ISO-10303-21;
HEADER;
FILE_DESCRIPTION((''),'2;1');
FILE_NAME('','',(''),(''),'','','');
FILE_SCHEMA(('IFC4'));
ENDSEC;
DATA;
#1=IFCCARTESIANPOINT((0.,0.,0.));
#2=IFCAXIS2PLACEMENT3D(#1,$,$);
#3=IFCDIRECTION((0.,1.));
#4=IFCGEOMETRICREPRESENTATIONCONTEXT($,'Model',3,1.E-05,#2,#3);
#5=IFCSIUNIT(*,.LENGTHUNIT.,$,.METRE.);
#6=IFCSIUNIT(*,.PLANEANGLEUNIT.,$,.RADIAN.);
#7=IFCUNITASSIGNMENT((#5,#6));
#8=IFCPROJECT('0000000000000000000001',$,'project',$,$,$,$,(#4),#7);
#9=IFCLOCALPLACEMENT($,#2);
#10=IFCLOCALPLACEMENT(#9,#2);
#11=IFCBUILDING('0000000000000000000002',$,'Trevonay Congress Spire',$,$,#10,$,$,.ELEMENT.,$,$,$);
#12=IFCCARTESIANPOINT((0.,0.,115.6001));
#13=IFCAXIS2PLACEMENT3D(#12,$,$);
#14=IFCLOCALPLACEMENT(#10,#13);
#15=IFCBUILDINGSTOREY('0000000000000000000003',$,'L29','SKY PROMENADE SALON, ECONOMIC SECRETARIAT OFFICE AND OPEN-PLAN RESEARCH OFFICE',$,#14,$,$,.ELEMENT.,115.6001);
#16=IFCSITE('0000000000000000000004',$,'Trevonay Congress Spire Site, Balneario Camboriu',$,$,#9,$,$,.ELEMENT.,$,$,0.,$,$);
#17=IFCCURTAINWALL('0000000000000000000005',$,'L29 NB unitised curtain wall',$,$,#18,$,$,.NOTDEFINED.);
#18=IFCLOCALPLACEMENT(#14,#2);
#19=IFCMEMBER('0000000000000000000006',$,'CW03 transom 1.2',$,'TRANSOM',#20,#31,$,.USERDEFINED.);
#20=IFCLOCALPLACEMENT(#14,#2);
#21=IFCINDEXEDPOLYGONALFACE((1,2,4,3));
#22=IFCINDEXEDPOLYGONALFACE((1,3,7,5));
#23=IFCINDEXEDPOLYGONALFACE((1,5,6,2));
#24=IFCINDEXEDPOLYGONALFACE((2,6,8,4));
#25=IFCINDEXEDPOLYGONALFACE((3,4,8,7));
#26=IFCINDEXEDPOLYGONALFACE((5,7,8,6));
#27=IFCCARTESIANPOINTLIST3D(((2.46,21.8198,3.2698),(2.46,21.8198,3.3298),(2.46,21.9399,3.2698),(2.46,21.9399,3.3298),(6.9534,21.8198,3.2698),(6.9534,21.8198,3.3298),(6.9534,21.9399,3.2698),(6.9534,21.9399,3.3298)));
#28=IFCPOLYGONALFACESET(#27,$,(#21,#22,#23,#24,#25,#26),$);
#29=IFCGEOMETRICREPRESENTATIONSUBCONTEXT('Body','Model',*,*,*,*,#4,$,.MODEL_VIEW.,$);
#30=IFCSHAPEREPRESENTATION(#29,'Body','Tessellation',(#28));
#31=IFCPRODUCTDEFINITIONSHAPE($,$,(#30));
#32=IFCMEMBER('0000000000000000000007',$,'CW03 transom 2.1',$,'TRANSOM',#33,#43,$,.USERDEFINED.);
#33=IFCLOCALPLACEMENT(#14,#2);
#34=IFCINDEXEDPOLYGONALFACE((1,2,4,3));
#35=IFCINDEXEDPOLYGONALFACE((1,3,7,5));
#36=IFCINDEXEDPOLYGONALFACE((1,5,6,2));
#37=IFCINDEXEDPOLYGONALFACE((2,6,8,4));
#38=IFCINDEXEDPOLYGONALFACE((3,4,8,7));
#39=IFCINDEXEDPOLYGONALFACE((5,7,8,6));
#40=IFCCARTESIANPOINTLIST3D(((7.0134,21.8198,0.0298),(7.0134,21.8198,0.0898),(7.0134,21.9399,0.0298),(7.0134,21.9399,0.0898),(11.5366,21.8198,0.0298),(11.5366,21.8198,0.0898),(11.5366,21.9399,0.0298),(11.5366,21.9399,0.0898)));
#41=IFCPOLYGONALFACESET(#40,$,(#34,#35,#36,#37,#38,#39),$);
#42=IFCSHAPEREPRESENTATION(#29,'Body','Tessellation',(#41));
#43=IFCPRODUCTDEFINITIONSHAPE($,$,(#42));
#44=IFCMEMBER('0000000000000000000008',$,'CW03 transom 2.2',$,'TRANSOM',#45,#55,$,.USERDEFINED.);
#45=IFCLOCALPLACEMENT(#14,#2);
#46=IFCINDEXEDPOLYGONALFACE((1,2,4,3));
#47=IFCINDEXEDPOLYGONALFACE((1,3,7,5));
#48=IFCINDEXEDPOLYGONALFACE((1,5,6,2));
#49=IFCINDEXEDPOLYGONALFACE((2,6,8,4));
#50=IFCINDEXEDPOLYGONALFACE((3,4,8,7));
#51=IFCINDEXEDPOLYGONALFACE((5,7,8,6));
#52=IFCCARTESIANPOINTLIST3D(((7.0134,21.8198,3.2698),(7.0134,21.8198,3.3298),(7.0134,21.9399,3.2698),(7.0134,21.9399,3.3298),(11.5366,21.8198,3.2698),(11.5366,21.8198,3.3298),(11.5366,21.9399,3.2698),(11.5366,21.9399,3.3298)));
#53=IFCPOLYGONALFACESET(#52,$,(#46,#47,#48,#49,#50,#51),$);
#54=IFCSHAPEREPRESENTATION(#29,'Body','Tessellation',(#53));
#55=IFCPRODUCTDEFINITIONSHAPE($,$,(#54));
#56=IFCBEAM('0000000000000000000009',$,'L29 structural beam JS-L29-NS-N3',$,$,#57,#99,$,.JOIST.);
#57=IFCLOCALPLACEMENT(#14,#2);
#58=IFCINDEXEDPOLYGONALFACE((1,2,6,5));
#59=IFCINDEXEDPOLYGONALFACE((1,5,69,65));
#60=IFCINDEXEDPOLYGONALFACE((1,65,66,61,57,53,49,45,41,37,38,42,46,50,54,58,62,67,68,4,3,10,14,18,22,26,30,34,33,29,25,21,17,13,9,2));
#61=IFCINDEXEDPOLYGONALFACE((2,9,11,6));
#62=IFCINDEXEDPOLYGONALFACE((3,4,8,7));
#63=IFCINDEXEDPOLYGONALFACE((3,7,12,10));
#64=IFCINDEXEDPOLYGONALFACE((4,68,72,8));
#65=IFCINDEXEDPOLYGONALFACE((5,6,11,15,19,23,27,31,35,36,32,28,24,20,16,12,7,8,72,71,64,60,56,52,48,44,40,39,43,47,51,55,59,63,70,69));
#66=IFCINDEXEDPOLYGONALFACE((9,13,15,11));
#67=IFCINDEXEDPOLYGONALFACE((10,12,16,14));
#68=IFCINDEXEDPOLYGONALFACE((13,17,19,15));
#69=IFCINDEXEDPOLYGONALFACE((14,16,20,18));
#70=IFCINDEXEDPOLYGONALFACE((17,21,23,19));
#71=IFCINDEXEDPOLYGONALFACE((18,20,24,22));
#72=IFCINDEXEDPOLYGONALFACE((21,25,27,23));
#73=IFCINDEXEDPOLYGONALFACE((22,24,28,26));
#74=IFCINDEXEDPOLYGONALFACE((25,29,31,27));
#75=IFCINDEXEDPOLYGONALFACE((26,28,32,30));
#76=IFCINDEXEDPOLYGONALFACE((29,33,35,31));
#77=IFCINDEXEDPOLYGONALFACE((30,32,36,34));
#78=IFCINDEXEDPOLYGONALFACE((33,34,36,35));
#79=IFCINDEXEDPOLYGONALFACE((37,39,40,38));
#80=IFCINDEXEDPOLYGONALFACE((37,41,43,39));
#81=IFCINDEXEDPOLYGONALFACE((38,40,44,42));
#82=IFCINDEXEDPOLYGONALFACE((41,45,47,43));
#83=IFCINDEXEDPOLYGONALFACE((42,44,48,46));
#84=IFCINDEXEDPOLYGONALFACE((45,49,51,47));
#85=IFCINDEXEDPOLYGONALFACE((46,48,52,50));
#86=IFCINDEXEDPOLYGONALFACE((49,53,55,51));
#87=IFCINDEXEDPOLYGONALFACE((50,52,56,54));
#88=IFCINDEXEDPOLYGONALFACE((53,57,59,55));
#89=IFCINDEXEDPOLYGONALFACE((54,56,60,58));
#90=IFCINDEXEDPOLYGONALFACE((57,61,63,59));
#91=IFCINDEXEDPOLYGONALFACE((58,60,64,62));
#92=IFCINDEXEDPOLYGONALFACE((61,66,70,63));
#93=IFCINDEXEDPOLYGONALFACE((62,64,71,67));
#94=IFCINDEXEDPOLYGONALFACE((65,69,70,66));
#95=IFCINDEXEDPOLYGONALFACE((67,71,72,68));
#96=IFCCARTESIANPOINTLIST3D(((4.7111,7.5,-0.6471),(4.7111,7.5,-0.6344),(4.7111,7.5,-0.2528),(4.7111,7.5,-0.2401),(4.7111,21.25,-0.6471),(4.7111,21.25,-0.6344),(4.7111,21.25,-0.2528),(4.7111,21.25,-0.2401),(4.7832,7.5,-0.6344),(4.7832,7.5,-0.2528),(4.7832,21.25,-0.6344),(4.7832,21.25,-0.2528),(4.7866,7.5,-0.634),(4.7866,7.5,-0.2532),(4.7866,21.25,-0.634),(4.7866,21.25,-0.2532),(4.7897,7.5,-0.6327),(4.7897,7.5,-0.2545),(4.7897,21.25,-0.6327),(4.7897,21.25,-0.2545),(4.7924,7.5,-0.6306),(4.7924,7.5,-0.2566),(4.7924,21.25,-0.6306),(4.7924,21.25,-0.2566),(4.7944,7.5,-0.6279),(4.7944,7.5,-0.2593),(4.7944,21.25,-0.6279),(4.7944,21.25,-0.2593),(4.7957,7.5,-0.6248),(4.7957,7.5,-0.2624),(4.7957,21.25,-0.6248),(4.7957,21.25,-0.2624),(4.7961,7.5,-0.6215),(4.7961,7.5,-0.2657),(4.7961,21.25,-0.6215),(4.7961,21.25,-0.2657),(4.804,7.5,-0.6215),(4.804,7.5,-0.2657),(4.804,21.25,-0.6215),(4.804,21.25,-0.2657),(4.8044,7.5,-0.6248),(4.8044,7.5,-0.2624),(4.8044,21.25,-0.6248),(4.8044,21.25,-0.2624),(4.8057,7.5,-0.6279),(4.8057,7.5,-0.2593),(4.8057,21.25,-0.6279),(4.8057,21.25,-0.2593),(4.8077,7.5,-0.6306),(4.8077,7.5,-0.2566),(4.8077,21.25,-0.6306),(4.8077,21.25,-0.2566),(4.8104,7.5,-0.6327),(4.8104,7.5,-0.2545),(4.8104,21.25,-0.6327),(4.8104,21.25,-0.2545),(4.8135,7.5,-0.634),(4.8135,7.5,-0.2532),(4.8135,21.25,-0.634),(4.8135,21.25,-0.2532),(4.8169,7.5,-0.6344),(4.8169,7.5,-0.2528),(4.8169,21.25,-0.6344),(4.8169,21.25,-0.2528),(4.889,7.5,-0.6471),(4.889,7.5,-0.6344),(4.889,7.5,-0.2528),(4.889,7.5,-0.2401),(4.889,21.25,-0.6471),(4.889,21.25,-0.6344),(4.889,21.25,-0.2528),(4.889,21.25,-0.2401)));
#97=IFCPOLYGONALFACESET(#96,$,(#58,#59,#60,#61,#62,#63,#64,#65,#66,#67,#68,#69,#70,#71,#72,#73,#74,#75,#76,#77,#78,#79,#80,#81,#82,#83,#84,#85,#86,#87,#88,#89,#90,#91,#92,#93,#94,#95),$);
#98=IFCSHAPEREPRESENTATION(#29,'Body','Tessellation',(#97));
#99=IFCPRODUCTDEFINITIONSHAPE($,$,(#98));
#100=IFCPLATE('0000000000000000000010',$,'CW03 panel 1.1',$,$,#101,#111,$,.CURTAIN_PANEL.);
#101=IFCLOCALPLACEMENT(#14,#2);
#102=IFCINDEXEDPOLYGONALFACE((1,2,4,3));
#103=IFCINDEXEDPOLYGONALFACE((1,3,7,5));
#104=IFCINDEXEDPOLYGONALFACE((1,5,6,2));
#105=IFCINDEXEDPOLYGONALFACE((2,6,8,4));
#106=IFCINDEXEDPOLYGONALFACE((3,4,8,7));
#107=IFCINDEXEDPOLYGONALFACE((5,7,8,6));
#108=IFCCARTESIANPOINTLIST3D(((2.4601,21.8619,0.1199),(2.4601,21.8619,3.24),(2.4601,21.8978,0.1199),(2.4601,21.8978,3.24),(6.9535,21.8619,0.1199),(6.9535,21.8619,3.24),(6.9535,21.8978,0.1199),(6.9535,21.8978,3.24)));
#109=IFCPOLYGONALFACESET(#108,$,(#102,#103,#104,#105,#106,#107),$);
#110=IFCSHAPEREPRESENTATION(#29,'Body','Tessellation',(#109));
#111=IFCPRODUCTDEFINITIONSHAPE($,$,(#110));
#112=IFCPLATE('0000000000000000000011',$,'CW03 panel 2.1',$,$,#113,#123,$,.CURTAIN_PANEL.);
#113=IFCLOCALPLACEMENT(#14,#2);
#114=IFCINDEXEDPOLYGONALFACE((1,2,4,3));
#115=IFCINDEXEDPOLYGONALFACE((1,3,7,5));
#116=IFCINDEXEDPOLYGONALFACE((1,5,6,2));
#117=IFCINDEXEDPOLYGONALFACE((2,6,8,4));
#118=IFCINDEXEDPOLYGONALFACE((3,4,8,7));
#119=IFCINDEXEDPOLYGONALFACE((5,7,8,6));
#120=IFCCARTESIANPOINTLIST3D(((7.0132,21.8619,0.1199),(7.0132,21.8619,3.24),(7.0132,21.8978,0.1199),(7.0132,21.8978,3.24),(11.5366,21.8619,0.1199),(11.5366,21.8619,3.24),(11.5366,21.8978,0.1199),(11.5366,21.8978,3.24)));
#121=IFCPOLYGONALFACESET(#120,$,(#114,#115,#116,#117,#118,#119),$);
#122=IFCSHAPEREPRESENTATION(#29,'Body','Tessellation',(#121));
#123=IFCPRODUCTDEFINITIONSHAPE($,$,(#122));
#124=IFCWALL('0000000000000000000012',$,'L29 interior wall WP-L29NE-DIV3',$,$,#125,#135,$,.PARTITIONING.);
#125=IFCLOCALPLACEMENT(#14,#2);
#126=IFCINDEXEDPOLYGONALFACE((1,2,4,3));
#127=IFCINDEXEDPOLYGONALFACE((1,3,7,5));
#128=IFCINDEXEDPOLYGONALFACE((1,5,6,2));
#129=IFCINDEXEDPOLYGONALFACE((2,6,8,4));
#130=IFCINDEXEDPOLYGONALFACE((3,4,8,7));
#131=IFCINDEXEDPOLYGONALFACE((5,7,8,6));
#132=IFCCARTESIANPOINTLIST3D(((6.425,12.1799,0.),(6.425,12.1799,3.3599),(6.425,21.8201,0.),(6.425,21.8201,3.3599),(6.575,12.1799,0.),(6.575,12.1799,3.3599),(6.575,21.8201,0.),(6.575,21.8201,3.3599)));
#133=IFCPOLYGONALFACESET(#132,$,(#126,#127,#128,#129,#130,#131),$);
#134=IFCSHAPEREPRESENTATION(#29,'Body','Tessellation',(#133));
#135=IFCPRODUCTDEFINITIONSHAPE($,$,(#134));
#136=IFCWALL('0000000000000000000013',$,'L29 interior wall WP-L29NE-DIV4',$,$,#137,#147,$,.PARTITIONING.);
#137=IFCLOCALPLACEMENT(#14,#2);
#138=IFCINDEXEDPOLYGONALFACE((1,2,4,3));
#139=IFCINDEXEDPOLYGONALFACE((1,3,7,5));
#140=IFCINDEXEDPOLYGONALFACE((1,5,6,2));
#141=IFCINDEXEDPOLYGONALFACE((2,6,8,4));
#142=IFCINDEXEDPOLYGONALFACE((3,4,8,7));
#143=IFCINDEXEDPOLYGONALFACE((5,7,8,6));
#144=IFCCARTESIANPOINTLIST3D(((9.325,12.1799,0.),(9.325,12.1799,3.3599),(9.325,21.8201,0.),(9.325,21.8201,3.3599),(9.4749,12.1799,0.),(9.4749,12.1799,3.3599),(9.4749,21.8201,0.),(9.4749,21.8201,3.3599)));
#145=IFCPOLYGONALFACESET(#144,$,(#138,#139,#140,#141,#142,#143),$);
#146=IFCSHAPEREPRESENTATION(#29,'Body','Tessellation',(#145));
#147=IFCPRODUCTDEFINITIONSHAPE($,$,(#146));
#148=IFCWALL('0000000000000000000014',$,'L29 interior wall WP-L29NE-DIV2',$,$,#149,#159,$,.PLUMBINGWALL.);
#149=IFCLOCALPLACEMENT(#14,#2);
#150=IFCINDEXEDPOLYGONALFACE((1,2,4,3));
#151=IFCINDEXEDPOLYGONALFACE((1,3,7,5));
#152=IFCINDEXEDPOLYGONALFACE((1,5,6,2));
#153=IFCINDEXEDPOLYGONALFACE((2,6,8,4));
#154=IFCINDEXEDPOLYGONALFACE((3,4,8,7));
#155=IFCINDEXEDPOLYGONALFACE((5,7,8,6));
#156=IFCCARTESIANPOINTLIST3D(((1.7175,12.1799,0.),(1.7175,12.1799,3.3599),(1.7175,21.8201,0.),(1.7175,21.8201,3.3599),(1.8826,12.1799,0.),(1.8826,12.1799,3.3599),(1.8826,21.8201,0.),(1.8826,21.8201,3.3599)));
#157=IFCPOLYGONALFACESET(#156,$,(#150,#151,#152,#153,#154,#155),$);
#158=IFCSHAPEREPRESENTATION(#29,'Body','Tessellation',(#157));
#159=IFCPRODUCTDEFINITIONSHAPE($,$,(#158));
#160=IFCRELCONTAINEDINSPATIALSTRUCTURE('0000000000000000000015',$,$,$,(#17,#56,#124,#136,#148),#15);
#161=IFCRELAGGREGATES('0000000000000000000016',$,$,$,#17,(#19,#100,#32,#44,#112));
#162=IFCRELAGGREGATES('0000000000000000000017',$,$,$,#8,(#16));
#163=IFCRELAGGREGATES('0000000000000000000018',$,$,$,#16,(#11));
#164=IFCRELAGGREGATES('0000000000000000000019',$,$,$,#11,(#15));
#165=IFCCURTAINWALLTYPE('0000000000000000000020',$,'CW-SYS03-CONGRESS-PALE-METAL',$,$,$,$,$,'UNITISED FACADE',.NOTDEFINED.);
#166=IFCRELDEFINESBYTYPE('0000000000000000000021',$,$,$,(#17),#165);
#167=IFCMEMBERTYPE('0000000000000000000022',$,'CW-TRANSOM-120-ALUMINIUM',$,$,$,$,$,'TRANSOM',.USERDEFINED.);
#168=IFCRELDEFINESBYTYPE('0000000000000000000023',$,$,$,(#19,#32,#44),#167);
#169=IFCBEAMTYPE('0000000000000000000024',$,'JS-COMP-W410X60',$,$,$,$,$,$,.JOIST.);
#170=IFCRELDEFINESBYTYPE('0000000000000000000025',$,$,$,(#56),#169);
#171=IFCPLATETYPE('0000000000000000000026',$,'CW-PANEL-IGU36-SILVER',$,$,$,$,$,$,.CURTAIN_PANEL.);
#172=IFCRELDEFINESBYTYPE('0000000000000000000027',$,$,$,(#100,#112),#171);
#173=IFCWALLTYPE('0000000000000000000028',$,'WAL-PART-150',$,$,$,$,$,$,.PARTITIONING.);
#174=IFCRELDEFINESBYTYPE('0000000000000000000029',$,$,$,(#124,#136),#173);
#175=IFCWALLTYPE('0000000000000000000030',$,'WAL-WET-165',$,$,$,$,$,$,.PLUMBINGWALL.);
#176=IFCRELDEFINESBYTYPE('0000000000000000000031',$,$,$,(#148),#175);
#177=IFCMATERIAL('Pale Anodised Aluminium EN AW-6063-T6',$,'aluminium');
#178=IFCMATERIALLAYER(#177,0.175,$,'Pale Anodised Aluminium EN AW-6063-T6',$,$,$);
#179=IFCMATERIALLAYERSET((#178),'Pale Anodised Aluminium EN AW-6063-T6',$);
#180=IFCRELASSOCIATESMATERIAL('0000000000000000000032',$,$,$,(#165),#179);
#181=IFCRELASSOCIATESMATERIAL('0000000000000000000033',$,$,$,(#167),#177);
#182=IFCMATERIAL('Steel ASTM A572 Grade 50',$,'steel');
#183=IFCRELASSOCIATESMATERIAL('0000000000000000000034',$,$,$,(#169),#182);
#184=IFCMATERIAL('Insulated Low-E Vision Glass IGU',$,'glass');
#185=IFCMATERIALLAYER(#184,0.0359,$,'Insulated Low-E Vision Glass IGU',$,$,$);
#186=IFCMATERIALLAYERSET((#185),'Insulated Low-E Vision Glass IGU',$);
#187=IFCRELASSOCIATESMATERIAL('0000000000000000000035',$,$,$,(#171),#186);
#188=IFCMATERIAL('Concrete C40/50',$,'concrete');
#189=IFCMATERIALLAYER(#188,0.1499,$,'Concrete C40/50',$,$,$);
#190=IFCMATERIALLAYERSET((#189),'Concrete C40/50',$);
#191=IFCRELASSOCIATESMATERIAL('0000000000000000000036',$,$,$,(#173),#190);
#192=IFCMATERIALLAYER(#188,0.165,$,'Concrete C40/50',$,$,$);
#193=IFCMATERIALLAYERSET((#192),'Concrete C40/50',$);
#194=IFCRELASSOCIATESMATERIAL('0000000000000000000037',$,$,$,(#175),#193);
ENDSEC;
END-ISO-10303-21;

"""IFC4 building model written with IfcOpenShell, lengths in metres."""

from ifc_helpers import new_model, si_unit, direction, frame, frame_2d, origin, origin_2d, place, context, subcontext, project, spatial, rectangle, i_section, extrude, material, layer, layer_set, material_profile, profile_set, type_object, element, aggregate, save


model = new_model("IFC4")

# Units and contexts
model_context = context("Model", 3, precision=1e-05, world=origin(), true_north=direction((0.0, 1.0)))
body_context = subcontext(model_context, "Body", "Model", "MODEL_VIEW")
ifc_project = project(units=[si_unit("LENGTHUNIT", "METRE"), si_unit("PLANEANGLEUNIT", "RADIAN")], contexts=[model_context])

# Site, building, storey
site_placement = place(None, origin())
site = spatial("IfcSite", under=ifc_project, at=site_placement, Name="Trevonay Congress Spire Site, Balneario Camboriu", CompositionType="ELEMENT", RefElevation=0.0)
building_placement = place(site_placement, origin())
building = spatial("IfcBuilding", under=site, at=building_placement, Name="Trevonay Congress Spire", CompositionType="ELEMENT")
storey_placement = place(building_placement, frame((0.0, 0.0, 115.6001)))
storey = spatial("IfcBuildingStorey", under=building, at=storey_placement, Name="L29", Description="SKY PROMENADE SALON, ECONOMIC SECRETARIAT OFFICE AND OPEN-PLAN RESEARCH OFFICE", CompositionType="ELEMENT", Elevation=115.6001)

# Shared definitions
ifc_material_1 = material(Name="Steel ASTM A572 Grade 50", Category="steel")

# Curtain wall, members
ifc_material_2 = material(Name="Pale Anodised Aluminium EN AW-6063-T6", Category="aluminium")
ifc_layer_1 = layer(ifc_material_2, 0.175, Name="Pale Anodised Aluminium EN AW-6063-T6")
ifc_layer_set_1 = layer_set([ifc_layer_1], Name="Pale Anodised Aluminium EN AW-6063-T6")
curtain_wall_type = type_object("IfcCurtainWallType", Name="CW-SYS03-CONGRESS-PALE-METAL", ElementType="UNITISED FACADE", PredefinedType="NOTDEFINED", material=ifc_layer_set_1)
curtain_wall_placement = place(storey_placement, origin())
curtain_wall = element("IfcCurtainWall", 1, at=curtain_wall_placement, inside=storey, type_object=curtain_wall_type, Name="L29 NB unitised curtain wall", PredefinedType="NOTDEFINED")
ifc_material_profile_1 = material_profile(ifc_material_2, rectangle(XDim=0.1201, YDim=0.0601, at=origin_2d()), Name="CW-TRANSOM-120-ALUMINIUM")
ifc_profile_set_1 = profile_set([ifc_material_profile_1], Name="Pale Anodised Aluminium EN AW-6063-T6")
member_type_1 = type_object("IfcMemberType", Name="CW-TRANSOM-120-ALUMINIUM", ElementType="TRANSOM", PredefinedType="USERDEFINED", material=ifc_profile_set_1)
member_1_placement = place(storey_placement, frame((2.46, 21.8799, 3.2998), z_axis=(1.0, 0.0, 0.0), x_axis=(0.0, 1.0, 0.0)))
member_1 = element("IfcMember", 2, at=member_1_placement, type_object=member_type_1, Name="CW03 transom 1.2", ObjectType="TRANSOM", PredefinedType="USERDEFINED", context=body_context, shape_type="SweptSolid", body=[
    extrude(rectangle(XDim=0.1201, YDim=0.0601, at=origin_2d()), origin(), (0.0, 0.0, 1.0), 4.4934),
])
member_2_placement = place(storey_placement, frame((7.0134, 21.8799, 0.0598), z_axis=(1.0, 0.0, 0.0), x_axis=(0.0, 1.0, 0.0)))
member_2 = element("IfcMember", 3, at=member_2_placement, type_object=member_type_1, Name="CW03 transom 2.1", ObjectType="TRANSOM", PredefinedType="USERDEFINED", context=body_context, shape_type="SweptSolid", body=[
    extrude(rectangle(XDim=0.1201, YDim=0.0601, at=origin_2d()), origin(), (0.0, 0.0, 1.0), 4.5232),
])
member_3_placement = place(storey_placement, frame((7.0134, 21.8799, 3.2998), z_axis=(1.0, 0.0, 0.0), x_axis=(0.0, 1.0, 0.0)))
member_3 = element("IfcMember", 4, at=member_3_placement, type_object=member_type_1, Name="CW03 transom 2.2", ObjectType="TRANSOM", PredefinedType="USERDEFINED", context=body_context, shape_type="SweptSolid", body=[
    extrude(rectangle(XDim=0.1201, YDim=0.0601, at=origin_2d()), origin(), (0.0, 0.0, 1.0), 4.5232),
])

# Beam
ifc_material_profile_2 = material_profile(ifc_material_1, i_section(OverallWidth=0.178, OverallDepth=0.407, WebThickness=0.0078, FlangeThickness=0.0127, FilletRadius=0.0129, at=origin_2d()), Name="W410x60")
ifc_profile_set_2 = profile_set([ifc_material_profile_2], Name="Steel ASTM A572 Grade 50")
beam_type_1 = type_object("IfcBeamType", Name="JS-COMP-W410X60", PredefinedType="JOIST", material=ifc_profile_set_2)
beam_1_placement = place(storey_placement, frame((4.8, 7.5, -0.4436), z_axis=(0.0, 1.0, 0.0), x_axis=(-1.0, 0.0, 0.0)))
element("IfcBeam", 5, at=beam_1_placement, inside=storey, type_object=beam_type_1, Name="L29 structural beam JS-L29-NS-N3", PredefinedType="JOIST", context=body_context, shape_type="SweptSolid", body=[
    extrude(i_section(OverallWidth=0.178, OverallDepth=0.407, WebThickness=0.0078, FlangeThickness=0.0127, FilletRadius=0.0129, at=origin_2d()), origin(), (0.0, 0.0, 1.0), 13.75),
])

# Plates
ifc_material_3 = material(Name="Insulated Low-E Vision Glass IGU", Category="glass")
ifc_layer_2 = layer(ifc_material_3, 0.0359, Name="Insulated Low-E Vision Glass IGU")
ifc_layer_set_2 = layer_set([ifc_layer_2], Name="Insulated Low-E Vision Glass IGU")
plate_type = type_object("IfcPlateType", Name="CW-PANEL-IGU36-SILVER", PredefinedType="CURTAIN_PANEL", material=ifc_layer_set_2)
plate_1_placement = place(storey_placement, frame((4.7068, 21.8799, 0.1199), z_axis=(0.0, 0.0, 1.0), x_axis=(1.0, 0.0, 0.0)))
plate_1 = element("IfcPlate", 6, at=plate_1_placement, type_object=plate_type, Name="CW03 panel 1.1", PredefinedType="CURTAIN_PANEL", context=body_context, shape_type="SweptSolid", body=[
    extrude(rectangle(XDim=4.4934, YDim=0.0359, at=origin_2d()), origin(), (0.0, 0.0, 1.0), 3.1201),
])
plate_2_placement = place(storey_placement, frame((9.2749, 21.8799, 0.1199), z_axis=(0.0, 0.0, 1.0), x_axis=(1.0, 0.0, 0.0)))
plate_2 = element("IfcPlate", 7, at=plate_2_placement, type_object=plate_type, Name="CW03 panel 2.1", PredefinedType="CURTAIN_PANEL", context=body_context, shape_type="SweptSolid", body=[
    extrude(rectangle(XDim=4.5234, YDim=0.0359, at=origin_2d()), origin(), (0.0, 0.0, 1.0), 3.1201),
])
aggregate(curtain_wall, [member_1, plate_1, member_2, member_3, plate_2])

# Walls
ifc_material_4 = material(Name="Concrete C40/50", Category="concrete")
ifc_layer_3 = layer(ifc_material_4, 0.1499, Name="Concrete C40/50")
ifc_layer_set_3 = layer_set([ifc_layer_3], Name="Concrete C40/50")
wall_type_1 = type_object("IfcWallType", Name="WAL-PART-150", PredefinedType="PARTITIONING", material=ifc_layer_set_3)
for number, where, z_axis, x_axis, name in (
    (8, (6.5, 12.1799, 0.0), (0.0, 0.0, 1.0), (0.0, 1.0, 0.0), "L29 interior wall WP-L29NE-DIV3"),
    (9, (9.3999, 12.1799, 0.0), (0.0, 0.0, 1.0), (0.0, 1.0, 0.0), "L29 interior wall WP-L29NE-DIV4"),
):
    element("IfcWall", number, at=place(storey_placement, frame(where, z_axis=z_axis, x_axis=x_axis)), inside=storey, type_object=wall_type_1, Name=name, PredefinedType="PARTITIONING", context=body_context, shape_type="SweptSolid", body=[
        extrude(rectangle(XDim=9.6401, YDim=0.1499, at=frame_2d((4.8201, 0.0))), origin(), (0.0, 0.0, 1.0), 3.3599),
    ])
ifc_layer_4 = layer(ifc_material_4, 0.165, Name="Concrete C40/50")
ifc_layer_set_4 = layer_set([ifc_layer_4], Name="Concrete C40/50")
wall_type_2 = type_object("IfcWallType", Name="WAL-WET-165", PredefinedType="PLUMBINGWALL", material=ifc_layer_set_4)
wall_placement = place(storey_placement, frame((1.8, 12.1799, 0.0), z_axis=(0.0, 0.0, 1.0), x_axis=(0.0, 1.0, 0.0)))
element("IfcWall", 10, at=wall_placement, inside=storey, type_object=wall_type_2, Name="L29 interior wall WP-L29NE-DIV2", PredefinedType="PLUMBINGWALL", context=body_context, shape_type="SweptSolid", body=[
    extrude(rectangle(XDim=9.6401, YDim=0.165, at=frame_2d((4.8201, 0.0))), origin(), (0.0, 0.0, 1.0), 3.3599),
])

save(model, "model.ifc")
